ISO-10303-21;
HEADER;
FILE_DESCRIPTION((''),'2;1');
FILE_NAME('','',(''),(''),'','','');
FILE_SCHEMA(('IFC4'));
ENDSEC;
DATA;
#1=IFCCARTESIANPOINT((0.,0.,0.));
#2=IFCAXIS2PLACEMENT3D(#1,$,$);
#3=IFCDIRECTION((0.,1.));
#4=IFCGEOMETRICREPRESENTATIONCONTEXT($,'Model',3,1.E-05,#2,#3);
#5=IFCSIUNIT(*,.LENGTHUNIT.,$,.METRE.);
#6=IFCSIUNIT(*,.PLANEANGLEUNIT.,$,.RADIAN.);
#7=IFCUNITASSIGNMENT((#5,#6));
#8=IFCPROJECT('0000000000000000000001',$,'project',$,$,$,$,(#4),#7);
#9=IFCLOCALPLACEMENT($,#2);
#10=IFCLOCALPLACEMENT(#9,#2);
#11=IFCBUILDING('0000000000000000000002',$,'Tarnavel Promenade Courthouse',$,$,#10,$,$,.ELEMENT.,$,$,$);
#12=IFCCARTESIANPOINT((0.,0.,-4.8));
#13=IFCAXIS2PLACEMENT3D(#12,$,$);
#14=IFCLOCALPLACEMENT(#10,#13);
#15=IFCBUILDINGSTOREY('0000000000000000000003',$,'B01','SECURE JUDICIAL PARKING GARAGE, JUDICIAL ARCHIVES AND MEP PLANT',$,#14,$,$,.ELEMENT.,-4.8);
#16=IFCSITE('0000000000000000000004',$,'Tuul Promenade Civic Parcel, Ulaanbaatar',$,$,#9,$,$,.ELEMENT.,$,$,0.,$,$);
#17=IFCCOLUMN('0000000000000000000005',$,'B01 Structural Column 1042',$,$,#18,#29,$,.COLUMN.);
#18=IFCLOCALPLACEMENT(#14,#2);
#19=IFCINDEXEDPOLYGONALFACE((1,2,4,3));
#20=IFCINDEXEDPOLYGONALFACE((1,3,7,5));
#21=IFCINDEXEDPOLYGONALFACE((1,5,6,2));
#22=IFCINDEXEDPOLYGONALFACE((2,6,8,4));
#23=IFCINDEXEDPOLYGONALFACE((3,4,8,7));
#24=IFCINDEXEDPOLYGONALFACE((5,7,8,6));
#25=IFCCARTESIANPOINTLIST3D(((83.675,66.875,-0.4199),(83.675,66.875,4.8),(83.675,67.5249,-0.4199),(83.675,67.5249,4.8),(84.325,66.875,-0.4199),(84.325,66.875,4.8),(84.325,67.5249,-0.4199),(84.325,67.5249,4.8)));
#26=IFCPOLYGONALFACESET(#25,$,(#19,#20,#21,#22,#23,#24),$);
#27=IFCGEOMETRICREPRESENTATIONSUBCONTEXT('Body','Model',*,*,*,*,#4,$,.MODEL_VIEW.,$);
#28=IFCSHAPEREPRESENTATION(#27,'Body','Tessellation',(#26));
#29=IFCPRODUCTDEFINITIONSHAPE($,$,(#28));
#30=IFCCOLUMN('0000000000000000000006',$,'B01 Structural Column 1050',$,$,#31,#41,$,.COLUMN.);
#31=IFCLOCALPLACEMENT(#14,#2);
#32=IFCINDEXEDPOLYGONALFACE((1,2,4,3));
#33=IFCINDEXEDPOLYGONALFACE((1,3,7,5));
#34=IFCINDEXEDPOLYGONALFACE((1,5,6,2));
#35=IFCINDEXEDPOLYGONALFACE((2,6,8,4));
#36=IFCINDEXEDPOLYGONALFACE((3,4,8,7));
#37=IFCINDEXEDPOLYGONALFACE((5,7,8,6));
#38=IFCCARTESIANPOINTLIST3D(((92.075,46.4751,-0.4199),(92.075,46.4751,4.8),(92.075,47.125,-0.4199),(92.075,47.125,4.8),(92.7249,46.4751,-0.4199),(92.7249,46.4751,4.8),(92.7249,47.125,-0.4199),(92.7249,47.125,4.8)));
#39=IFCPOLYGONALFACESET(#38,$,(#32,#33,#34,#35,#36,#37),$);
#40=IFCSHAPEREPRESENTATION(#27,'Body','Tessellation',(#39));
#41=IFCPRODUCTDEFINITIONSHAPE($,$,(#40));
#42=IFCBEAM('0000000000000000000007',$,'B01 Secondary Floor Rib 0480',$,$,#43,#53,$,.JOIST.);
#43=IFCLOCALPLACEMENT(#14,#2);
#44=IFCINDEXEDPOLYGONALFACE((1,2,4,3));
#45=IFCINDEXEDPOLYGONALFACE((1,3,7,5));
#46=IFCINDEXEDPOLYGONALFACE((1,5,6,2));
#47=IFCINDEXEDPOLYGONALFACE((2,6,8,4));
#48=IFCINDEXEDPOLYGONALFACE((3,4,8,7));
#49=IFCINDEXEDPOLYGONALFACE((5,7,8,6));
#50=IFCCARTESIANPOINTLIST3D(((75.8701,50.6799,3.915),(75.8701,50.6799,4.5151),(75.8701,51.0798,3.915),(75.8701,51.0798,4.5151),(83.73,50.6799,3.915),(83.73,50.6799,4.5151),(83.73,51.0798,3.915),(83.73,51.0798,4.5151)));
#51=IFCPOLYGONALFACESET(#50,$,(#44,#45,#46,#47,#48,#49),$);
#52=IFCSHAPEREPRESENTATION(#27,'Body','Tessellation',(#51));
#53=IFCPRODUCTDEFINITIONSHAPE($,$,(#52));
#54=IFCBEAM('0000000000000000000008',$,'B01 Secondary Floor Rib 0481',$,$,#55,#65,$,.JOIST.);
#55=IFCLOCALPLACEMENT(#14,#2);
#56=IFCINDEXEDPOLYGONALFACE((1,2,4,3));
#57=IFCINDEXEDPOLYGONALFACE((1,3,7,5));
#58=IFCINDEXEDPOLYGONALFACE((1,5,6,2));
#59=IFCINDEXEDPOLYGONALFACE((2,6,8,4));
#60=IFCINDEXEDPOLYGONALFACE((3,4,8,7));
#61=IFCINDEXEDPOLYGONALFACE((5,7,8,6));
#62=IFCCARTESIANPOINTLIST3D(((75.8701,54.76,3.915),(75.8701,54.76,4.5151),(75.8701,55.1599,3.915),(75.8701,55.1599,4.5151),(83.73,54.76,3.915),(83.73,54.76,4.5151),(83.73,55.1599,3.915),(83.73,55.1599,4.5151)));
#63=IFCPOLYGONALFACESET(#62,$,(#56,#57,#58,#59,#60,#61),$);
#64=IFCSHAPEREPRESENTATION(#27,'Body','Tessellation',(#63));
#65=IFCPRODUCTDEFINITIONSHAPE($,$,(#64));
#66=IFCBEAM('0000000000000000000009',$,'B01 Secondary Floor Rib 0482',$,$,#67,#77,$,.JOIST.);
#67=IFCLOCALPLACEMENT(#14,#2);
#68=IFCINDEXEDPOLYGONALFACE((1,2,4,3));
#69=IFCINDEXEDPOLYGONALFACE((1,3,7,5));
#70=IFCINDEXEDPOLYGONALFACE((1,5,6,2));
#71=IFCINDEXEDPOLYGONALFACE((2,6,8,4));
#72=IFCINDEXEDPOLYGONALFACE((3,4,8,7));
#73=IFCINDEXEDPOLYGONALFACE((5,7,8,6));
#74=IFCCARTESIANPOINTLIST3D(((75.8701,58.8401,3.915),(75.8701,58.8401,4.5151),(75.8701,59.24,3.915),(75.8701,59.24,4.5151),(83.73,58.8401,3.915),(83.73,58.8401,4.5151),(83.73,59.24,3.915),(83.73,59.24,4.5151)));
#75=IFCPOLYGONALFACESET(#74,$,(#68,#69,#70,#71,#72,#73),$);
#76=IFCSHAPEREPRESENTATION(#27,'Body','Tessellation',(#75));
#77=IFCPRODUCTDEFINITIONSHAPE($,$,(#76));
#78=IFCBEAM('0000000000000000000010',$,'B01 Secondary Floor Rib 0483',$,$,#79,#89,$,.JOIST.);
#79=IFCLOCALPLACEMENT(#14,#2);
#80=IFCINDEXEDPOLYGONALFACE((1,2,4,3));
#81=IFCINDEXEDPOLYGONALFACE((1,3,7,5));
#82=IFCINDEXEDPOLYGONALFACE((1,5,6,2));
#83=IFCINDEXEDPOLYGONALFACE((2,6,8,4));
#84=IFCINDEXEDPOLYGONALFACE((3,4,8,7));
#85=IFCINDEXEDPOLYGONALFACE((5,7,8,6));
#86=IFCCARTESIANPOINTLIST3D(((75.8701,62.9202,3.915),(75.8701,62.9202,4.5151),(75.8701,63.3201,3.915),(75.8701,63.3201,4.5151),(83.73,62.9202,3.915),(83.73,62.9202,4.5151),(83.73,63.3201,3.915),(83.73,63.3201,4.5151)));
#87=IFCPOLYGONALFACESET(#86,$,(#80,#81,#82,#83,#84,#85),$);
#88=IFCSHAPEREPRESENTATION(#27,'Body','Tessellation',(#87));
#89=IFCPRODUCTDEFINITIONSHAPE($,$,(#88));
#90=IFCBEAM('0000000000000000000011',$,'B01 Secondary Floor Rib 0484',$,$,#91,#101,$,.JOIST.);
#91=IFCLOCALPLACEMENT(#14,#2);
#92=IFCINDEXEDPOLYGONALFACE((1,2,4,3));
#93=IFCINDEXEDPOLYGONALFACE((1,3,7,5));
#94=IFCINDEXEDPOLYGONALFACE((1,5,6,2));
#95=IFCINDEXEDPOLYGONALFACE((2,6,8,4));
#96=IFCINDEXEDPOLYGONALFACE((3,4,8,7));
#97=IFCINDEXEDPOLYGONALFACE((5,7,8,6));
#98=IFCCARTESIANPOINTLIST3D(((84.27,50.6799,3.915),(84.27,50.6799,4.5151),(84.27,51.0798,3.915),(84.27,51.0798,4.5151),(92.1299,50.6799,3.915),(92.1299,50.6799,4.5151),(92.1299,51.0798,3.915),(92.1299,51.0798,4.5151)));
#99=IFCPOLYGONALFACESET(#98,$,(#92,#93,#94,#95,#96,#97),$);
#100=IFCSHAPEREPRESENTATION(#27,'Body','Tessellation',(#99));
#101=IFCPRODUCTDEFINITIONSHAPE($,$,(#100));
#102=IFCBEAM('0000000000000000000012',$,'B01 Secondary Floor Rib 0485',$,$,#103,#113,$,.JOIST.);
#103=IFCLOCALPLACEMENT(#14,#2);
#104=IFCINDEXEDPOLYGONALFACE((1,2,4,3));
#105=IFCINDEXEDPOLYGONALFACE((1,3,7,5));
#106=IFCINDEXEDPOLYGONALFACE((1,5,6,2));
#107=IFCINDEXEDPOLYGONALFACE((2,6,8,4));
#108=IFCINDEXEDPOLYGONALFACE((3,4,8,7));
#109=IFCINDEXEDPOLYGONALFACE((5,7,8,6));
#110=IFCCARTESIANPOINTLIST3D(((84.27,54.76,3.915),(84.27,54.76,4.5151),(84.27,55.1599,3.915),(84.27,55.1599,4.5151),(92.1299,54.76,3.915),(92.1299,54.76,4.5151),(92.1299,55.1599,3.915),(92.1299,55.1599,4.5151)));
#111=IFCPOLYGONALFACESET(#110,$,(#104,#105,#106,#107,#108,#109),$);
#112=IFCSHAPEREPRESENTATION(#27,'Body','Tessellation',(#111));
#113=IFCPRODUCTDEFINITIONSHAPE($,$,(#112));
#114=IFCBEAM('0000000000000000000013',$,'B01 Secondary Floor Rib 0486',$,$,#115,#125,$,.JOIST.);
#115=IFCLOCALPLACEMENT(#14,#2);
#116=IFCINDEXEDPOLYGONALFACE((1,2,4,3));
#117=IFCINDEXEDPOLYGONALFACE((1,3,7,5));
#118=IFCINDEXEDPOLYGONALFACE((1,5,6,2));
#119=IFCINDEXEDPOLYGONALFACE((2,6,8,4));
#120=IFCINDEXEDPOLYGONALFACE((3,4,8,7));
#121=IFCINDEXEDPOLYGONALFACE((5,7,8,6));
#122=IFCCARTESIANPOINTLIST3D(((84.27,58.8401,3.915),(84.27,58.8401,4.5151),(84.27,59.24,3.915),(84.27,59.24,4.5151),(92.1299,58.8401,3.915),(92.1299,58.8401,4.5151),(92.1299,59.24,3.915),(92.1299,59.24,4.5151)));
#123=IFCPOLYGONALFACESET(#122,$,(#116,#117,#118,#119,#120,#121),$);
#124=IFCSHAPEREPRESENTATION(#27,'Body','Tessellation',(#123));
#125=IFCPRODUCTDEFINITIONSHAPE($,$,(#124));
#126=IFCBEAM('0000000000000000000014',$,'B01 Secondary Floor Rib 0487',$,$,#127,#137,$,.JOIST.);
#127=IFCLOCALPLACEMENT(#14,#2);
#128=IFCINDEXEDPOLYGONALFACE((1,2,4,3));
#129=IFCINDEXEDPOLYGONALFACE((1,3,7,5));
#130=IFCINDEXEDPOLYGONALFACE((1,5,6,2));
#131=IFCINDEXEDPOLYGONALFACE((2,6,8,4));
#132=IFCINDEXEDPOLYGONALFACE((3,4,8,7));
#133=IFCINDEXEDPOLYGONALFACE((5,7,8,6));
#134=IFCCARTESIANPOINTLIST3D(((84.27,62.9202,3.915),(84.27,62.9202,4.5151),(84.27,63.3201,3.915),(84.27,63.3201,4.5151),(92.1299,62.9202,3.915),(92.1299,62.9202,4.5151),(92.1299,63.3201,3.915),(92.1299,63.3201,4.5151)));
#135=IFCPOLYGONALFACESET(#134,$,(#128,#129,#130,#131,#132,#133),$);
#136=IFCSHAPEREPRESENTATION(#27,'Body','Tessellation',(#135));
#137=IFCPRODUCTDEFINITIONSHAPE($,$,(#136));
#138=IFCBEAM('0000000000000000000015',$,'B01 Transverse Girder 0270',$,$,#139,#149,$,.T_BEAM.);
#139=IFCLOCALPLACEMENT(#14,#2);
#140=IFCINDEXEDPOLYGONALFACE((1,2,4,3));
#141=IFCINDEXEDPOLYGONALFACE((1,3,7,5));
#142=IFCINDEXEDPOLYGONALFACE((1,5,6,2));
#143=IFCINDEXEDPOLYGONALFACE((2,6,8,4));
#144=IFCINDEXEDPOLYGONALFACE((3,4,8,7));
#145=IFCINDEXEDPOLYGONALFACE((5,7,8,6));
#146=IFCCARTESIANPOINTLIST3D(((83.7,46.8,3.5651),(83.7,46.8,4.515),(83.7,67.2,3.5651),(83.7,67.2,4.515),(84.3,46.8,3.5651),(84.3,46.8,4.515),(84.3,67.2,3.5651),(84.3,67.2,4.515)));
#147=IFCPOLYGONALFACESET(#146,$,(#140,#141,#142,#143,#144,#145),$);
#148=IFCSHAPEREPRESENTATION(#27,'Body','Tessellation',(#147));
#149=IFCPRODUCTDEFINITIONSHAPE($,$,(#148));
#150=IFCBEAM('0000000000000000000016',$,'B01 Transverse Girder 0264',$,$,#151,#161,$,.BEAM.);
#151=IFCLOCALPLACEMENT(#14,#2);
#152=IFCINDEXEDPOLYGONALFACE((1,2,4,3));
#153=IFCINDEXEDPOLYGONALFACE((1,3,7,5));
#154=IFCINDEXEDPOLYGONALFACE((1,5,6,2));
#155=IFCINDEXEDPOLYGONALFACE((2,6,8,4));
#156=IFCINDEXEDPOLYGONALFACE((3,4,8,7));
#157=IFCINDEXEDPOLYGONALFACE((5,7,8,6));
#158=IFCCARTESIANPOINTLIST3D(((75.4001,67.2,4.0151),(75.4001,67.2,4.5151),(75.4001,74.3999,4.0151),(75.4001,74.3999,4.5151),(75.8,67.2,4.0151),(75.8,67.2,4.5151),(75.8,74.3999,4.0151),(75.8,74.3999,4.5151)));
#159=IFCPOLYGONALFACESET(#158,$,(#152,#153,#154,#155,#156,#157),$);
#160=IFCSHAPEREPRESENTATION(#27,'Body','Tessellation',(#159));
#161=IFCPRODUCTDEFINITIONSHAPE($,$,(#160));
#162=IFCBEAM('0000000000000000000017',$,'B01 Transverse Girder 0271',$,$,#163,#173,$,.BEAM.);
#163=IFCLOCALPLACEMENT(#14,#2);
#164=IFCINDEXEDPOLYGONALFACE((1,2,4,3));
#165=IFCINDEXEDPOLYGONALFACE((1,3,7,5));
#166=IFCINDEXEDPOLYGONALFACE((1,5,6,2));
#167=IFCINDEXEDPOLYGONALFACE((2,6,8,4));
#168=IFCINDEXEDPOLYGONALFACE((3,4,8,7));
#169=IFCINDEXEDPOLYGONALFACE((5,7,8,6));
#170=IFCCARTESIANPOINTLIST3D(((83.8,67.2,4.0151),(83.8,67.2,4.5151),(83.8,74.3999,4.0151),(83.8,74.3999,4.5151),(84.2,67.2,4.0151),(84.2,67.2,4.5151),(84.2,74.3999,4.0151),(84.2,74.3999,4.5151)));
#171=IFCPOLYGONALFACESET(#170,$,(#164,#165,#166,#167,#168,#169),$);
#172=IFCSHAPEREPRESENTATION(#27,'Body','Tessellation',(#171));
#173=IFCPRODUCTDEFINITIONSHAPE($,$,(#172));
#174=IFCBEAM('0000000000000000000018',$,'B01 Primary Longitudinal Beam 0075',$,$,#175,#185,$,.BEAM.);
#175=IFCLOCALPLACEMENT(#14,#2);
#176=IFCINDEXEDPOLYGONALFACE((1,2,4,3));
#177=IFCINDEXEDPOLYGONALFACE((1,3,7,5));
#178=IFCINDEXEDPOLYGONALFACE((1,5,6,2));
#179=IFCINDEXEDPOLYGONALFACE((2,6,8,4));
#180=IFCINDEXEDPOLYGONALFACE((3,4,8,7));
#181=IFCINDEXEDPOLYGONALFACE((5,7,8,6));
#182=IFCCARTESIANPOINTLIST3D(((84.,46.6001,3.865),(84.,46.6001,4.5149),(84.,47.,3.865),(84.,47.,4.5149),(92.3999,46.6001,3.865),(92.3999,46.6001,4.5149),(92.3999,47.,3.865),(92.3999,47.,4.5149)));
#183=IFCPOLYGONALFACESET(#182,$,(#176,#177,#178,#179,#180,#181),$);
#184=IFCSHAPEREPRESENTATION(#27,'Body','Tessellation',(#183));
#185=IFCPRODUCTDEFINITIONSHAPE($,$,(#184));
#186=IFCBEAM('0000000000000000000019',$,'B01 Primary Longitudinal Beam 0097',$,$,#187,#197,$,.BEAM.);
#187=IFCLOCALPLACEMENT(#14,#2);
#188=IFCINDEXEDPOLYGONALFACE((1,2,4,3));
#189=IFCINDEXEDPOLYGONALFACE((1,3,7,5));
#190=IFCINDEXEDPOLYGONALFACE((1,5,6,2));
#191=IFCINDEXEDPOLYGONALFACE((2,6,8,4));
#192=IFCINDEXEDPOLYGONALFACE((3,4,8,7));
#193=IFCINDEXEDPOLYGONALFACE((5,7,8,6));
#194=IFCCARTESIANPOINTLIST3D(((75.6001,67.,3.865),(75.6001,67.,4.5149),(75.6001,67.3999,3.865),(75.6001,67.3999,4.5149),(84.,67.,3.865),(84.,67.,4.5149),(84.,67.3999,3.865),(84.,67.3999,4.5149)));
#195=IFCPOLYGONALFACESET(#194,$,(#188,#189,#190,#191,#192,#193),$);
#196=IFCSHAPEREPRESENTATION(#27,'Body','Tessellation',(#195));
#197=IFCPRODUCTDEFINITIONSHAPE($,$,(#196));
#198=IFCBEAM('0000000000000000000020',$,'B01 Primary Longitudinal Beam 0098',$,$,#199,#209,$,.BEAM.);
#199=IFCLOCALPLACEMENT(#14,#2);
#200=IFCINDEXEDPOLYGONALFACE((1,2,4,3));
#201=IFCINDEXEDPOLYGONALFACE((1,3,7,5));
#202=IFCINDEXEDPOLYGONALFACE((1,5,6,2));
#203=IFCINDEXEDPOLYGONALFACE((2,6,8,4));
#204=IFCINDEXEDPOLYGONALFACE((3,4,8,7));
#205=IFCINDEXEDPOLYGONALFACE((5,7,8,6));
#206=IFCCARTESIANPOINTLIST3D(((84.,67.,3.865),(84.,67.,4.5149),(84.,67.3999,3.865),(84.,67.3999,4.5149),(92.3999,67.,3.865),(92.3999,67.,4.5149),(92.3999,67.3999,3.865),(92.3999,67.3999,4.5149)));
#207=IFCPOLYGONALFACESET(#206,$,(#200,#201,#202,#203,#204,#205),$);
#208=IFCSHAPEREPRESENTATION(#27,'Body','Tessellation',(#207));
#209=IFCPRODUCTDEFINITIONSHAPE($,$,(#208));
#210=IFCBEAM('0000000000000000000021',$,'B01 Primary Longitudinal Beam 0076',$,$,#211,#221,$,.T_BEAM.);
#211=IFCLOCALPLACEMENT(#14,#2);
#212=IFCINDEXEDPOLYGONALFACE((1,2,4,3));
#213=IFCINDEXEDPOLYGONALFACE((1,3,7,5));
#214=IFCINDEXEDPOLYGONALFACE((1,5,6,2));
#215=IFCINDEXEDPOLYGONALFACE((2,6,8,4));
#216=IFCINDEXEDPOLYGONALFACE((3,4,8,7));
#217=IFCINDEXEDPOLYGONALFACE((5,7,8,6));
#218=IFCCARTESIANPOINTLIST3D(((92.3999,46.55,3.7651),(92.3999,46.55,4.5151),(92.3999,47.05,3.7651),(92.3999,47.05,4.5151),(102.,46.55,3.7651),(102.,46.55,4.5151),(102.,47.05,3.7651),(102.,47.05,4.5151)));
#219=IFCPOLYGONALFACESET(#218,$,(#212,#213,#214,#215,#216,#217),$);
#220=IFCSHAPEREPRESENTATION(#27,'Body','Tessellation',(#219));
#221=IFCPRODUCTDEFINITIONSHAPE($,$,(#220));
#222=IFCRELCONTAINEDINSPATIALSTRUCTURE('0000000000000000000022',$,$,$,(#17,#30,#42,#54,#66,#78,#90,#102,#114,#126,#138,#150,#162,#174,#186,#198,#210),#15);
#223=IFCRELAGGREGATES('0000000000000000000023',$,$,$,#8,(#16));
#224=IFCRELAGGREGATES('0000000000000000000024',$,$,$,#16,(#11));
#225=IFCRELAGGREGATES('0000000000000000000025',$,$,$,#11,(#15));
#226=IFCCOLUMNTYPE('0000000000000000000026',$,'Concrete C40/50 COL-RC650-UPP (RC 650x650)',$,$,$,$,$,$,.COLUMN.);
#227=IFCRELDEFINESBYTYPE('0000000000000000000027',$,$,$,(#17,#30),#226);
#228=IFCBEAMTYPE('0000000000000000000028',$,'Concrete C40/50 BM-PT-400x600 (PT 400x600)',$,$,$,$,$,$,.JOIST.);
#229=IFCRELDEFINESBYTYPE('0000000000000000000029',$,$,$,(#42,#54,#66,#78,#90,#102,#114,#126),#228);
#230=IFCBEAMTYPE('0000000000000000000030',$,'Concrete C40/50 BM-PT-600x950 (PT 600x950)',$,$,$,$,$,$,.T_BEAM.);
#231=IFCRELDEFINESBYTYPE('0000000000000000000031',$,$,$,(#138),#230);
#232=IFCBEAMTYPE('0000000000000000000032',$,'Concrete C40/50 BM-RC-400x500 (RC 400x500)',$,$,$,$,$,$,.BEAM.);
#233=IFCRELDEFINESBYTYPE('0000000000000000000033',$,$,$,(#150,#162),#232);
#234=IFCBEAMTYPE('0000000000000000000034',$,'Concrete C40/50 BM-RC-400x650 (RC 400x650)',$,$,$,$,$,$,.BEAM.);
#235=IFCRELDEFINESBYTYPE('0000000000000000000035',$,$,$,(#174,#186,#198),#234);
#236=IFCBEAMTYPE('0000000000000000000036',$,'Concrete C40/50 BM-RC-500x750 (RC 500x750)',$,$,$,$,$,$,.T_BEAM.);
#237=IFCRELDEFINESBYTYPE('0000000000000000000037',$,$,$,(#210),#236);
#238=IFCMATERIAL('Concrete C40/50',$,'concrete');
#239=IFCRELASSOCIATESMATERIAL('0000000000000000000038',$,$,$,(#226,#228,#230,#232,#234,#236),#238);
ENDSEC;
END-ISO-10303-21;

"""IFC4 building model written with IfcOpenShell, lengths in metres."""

from ifc_helpers import new_model, si_unit, direction, frame, origin, origin_2d, place, context, subcontext, project, spatial, rectangle, extrude, material, material_profile, profile_set, type_object, element, save


model = new_model("IFC4")

# Units and contexts
model_context = context("Model", 3, precision=1e-05, world=origin(), true_north=direction((0.0, 1.0)))
body_context = subcontext(model_context, "Body", "Model", "MODEL_VIEW")
ifc_project = project(units=[si_unit("LENGTHUNIT", "METRE"), si_unit("PLANEANGLEUNIT", "RADIAN")], contexts=[model_context])

# Site, building, storey
site_placement = place(None, origin())
site = spatial("IfcSite", under=ifc_project, at=site_placement, Name="Tuul Promenade Civic Parcel, Ulaanbaatar", CompositionType="ELEMENT", RefElevation=0.0)
building_placement = place(site_placement, origin())
building = spatial("IfcBuilding", under=site, at=building_placement, Name="Tarnavel Promenade Courthouse", CompositionType="ELEMENT")
storey_placement = place(building_placement, frame((0.0, 0.0, -4.8)))
storey = spatial("IfcBuildingStorey", under=building, at=storey_placement, Name="B01", Description="SECURE JUDICIAL PARKING GARAGE, JUDICIAL ARCHIVES AND MEP PLANT", CompositionType="ELEMENT", Elevation=-4.8)

# Columns
ifc_material_1 = material(Name="Concrete C40/50", Category="concrete")
ifc_material_profile_1 = material_profile(ifc_material_1, rectangle(XDim=0.6499, YDim=0.6499, at=origin_2d()), Name="RC 650x650")
ifc_profile_set_1 = profile_set([ifc_material_profile_1], Name="Concrete C40/50")
column_type = type_object("IfcColumnType", Name="Concrete C40/50 COL-RC650-UPP (RC 650x650)", PredefinedType="COLUMN", material=ifc_profile_set_1)
for number, where, z_axis, x_axis, name in (
    (1, (84.0, 67.2, -0.4199), (0.0, 0.0, 1.0), (1.0, 0.0, 0.0), "B01 Structural Column 1042"),
    (2, (92.3999, 46.8, -0.4199), (0.0, 0.0, 1.0), (1.0, 0.0, 0.0), "B01 Structural Column 1050"),
):
    element("IfcColumn", number, at=place(storey_placement, frame(where, z_axis=z_axis, x_axis=x_axis)), inside=storey, type_object=column_type, Name=name, PredefinedType="COLUMN", context=body_context, shape_type="SweptSolid", body=[
        extrude(rectangle(XDim=0.6499, YDim=0.6499, at=origin_2d()), origin(), (0.0, 0.0, 1.0), 5.22),
    ])

# Beams
ifc_material_profile_2 = material_profile(ifc_material_1, rectangle(XDim=0.3999, YDim=0.6001, at=origin_2d()), Name="PT 400x600")
ifc_profile_set_2 = profile_set([ifc_material_profile_2], Name="Concrete C40/50")
beam_type_1 = type_object("IfcBeamType", Name="Concrete C40/50 BM-PT-400x600 (PT 400x600)", PredefinedType="JOIST", material=ifc_profile_set_2)
for number, where, z_axis, x_axis, name in (
    (3, (75.8701, 50.8799, 4.2151), (1.0, 0.0, 0.0), (0.0, 1.0, 0.0), "B01 Secondary Floor Rib 0480"),
    (4, (75.8701, 54.96, 4.2151), (1.0, 0.0, 0.0), (0.0, 1.0, 0.0), "B01 Secondary Floor Rib 0481"),
    (5, (75.8701, 59.04, 4.2151), (1.0, 0.0, 0.0), (0.0, 1.0, 0.0), "B01 Secondary Floor Rib 0482"),
    (6, (75.8701, 63.1201, 4.2151), (1.0, 0.0, 0.0), (0.0, 1.0, 0.0), "B01 Secondary Floor Rib 0483"),
    (7, (84.27, 50.8799, 4.2151), (1.0, 0.0, 0.0), (0.0, 1.0, 0.0), "B01 Secondary Floor Rib 0484"),
    (8, (84.27, 54.96, 4.2151), (1.0, 0.0, 0.0), (0.0, 1.0, 0.0), "B01 Secondary Floor Rib 0485"),
    (9, (84.27, 59.04, 4.2151), (1.0, 0.0, 0.0), (0.0, 1.0, 0.0), "B01 Secondary Floor Rib 0486"),
    (10, (84.27, 63.1201, 4.2151), (1.0, 0.0, 0.0), (0.0, 1.0, 0.0), "B01 Secondary Floor Rib 0487"),
):
    element("IfcBeam", number, at=place(storey_placement, frame(where, z_axis=z_axis, x_axis=x_axis)), inside=storey, type_object=beam_type_1, Name=name, PredefinedType="JOIST", context=body_context, shape_type="SweptSolid", body=[
        extrude(rectangle(XDim=0.3999, YDim=0.6001, at=origin_2d()), origin(), (0.0, 0.0, 1.0), 7.8599),
    ])
ifc_material_profile_3 = material_profile(ifc_material_1, rectangle(XDim=0.6001, YDim=0.95, at=origin_2d()), Name="PT 600x950")
ifc_profile_set_3 = profile_set([ifc_material_profile_3], Name="Concrete C40/50")
beam_type_2 = type_object("IfcBeamType", Name="Concrete C40/50 BM-PT-600x950 (PT 600x950)", PredefinedType="T_BEAM", material=ifc_profile_set_3)
beam_1_placement = place(storey_placement, frame((84.0, 46.8, 4.04), z_axis=(0.0, 1.0, 0.0), x_axis=(-1.0, 0.0, 0.0)))
element("IfcBeam", 11, at=beam_1_placement, inside=storey, type_object=beam_type_2, Name="B01 Transverse Girder 0270", PredefinedType="T_BEAM", context=body_context, shape_type="SweptSolid", body=[
    extrude(rectangle(XDim=0.6001, YDim=0.95, at=origin_2d()), origin(), (0.0, 0.0, 1.0), 20.3999),
])
ifc_material_profile_4 = material_profile(ifc_material_1, rectangle(XDim=0.3999, YDim=0.5, at=origin_2d()), Name="RC 400x500")
ifc_profile_set_4 = profile_set([ifc_material_profile_4], Name="Concrete C40/50")
beam_type_3 = type_object("IfcBeamType", Name="Concrete C40/50 BM-RC-400x500 (RC 400x500)", PredefinedType="BEAM", material=ifc_profile_set_4)
for number, where, z_axis, x_axis, name in (
    (12, (75.6001, 67.2, 4.2651), (0.0, 1.0, 0.0), (-1.0, 0.0, 0.0), "B01 Transverse Girder 0264"),
    (13, (84.0, 67.2, 4.2651), (0.0, 1.0, 0.0), (-1.0, 0.0, 0.0), "B01 Transverse Girder 0271"),
):
    element("IfcBeam", number, at=place(storey_placement, frame(where, z_axis=z_axis, x_axis=x_axis)), inside=storey, type_object=beam_type_3, Name=name, PredefinedType="BEAM", context=body_context, shape_type="SweptSolid", body=[
        extrude(rectangle(XDim=0.3999, YDim=0.5, at=origin_2d()), origin(), (0.0, 0.0, 1.0), 7.2),
    ])
ifc_material_profile_5 = material_profile(ifc_material_1, rectangle(XDim=0.3999, YDim=0.6499, at=origin_2d()), Name="RC 400x650")
ifc_profile_set_5 = profile_set([ifc_material_profile_5], Name="Concrete C40/50")
beam_type_4 = type_object("IfcBeamType", Name="Concrete C40/50 BM-RC-400x650 (RC 400x650)", PredefinedType="BEAM", material=ifc_profile_set_5)
for number, where, z_axis, x_axis, name in (
    (14, (84.0, 46.8, 4.1899), (1.0, 0.0, 0.0), (0.0, 1.0, 0.0), "B01 Primary Longitudinal Beam 0075"),
    (15, (75.6001, 67.2, 4.1899), (1.0, 0.0, 0.0), (0.0, 1.0, 0.0), "B01 Primary Longitudinal Beam 0097"),
    (16, (84.0, 67.2, 4.1899), (1.0, 0.0, 0.0), (0.0, 1.0, 0.0), "B01 Primary Longitudinal Beam 0098"),
):
    element("IfcBeam", number, at=place(storey_placement, frame(where, z_axis=z_axis, x_axis=x_axis)), inside=storey, type_object=beam_type_4, Name=name, PredefinedType="BEAM", context=body_context, shape_type="SweptSolid", body=[
        extrude(rectangle(XDim=0.3999, YDim=0.6499, at=origin_2d()), origin(), (0.0, 0.0, 1.0), 8.3999),
    ])
ifc_material_profile_6 = material_profile(ifc_material_1, rectangle(XDim=0.5, YDim=0.75, at=origin_2d()), Name="RC 500x750")
ifc_profile_set_6 = profile_set([ifc_material_profile_6], Name="Concrete C40/50")
beam_type_5 = type_object("IfcBeamType", Name="Concrete C40/50 BM-RC-500x750 (RC 500x750)", PredefinedType="T_BEAM", material=ifc_profile_set_6)
beam_2_placement = place(storey_placement, frame((92.3999, 46.8, 4.1401), z_axis=(1.0, 0.0, 0.0), x_axis=(0.0, 1.0, 0.0)))
element("IfcBeam", 17, at=beam_2_placement, inside=storey, type_object=beam_type_5, Name="B01 Primary Longitudinal Beam 0076", PredefinedType="T_BEAM", context=body_context, shape_type="SweptSolid", body=[
    extrude(rectangle(XDim=0.5, YDim=0.75, at=origin_2d()), origin(), (0.0, 0.0, 1.0), 9.6001),
])

save(model, "model.ifc")
